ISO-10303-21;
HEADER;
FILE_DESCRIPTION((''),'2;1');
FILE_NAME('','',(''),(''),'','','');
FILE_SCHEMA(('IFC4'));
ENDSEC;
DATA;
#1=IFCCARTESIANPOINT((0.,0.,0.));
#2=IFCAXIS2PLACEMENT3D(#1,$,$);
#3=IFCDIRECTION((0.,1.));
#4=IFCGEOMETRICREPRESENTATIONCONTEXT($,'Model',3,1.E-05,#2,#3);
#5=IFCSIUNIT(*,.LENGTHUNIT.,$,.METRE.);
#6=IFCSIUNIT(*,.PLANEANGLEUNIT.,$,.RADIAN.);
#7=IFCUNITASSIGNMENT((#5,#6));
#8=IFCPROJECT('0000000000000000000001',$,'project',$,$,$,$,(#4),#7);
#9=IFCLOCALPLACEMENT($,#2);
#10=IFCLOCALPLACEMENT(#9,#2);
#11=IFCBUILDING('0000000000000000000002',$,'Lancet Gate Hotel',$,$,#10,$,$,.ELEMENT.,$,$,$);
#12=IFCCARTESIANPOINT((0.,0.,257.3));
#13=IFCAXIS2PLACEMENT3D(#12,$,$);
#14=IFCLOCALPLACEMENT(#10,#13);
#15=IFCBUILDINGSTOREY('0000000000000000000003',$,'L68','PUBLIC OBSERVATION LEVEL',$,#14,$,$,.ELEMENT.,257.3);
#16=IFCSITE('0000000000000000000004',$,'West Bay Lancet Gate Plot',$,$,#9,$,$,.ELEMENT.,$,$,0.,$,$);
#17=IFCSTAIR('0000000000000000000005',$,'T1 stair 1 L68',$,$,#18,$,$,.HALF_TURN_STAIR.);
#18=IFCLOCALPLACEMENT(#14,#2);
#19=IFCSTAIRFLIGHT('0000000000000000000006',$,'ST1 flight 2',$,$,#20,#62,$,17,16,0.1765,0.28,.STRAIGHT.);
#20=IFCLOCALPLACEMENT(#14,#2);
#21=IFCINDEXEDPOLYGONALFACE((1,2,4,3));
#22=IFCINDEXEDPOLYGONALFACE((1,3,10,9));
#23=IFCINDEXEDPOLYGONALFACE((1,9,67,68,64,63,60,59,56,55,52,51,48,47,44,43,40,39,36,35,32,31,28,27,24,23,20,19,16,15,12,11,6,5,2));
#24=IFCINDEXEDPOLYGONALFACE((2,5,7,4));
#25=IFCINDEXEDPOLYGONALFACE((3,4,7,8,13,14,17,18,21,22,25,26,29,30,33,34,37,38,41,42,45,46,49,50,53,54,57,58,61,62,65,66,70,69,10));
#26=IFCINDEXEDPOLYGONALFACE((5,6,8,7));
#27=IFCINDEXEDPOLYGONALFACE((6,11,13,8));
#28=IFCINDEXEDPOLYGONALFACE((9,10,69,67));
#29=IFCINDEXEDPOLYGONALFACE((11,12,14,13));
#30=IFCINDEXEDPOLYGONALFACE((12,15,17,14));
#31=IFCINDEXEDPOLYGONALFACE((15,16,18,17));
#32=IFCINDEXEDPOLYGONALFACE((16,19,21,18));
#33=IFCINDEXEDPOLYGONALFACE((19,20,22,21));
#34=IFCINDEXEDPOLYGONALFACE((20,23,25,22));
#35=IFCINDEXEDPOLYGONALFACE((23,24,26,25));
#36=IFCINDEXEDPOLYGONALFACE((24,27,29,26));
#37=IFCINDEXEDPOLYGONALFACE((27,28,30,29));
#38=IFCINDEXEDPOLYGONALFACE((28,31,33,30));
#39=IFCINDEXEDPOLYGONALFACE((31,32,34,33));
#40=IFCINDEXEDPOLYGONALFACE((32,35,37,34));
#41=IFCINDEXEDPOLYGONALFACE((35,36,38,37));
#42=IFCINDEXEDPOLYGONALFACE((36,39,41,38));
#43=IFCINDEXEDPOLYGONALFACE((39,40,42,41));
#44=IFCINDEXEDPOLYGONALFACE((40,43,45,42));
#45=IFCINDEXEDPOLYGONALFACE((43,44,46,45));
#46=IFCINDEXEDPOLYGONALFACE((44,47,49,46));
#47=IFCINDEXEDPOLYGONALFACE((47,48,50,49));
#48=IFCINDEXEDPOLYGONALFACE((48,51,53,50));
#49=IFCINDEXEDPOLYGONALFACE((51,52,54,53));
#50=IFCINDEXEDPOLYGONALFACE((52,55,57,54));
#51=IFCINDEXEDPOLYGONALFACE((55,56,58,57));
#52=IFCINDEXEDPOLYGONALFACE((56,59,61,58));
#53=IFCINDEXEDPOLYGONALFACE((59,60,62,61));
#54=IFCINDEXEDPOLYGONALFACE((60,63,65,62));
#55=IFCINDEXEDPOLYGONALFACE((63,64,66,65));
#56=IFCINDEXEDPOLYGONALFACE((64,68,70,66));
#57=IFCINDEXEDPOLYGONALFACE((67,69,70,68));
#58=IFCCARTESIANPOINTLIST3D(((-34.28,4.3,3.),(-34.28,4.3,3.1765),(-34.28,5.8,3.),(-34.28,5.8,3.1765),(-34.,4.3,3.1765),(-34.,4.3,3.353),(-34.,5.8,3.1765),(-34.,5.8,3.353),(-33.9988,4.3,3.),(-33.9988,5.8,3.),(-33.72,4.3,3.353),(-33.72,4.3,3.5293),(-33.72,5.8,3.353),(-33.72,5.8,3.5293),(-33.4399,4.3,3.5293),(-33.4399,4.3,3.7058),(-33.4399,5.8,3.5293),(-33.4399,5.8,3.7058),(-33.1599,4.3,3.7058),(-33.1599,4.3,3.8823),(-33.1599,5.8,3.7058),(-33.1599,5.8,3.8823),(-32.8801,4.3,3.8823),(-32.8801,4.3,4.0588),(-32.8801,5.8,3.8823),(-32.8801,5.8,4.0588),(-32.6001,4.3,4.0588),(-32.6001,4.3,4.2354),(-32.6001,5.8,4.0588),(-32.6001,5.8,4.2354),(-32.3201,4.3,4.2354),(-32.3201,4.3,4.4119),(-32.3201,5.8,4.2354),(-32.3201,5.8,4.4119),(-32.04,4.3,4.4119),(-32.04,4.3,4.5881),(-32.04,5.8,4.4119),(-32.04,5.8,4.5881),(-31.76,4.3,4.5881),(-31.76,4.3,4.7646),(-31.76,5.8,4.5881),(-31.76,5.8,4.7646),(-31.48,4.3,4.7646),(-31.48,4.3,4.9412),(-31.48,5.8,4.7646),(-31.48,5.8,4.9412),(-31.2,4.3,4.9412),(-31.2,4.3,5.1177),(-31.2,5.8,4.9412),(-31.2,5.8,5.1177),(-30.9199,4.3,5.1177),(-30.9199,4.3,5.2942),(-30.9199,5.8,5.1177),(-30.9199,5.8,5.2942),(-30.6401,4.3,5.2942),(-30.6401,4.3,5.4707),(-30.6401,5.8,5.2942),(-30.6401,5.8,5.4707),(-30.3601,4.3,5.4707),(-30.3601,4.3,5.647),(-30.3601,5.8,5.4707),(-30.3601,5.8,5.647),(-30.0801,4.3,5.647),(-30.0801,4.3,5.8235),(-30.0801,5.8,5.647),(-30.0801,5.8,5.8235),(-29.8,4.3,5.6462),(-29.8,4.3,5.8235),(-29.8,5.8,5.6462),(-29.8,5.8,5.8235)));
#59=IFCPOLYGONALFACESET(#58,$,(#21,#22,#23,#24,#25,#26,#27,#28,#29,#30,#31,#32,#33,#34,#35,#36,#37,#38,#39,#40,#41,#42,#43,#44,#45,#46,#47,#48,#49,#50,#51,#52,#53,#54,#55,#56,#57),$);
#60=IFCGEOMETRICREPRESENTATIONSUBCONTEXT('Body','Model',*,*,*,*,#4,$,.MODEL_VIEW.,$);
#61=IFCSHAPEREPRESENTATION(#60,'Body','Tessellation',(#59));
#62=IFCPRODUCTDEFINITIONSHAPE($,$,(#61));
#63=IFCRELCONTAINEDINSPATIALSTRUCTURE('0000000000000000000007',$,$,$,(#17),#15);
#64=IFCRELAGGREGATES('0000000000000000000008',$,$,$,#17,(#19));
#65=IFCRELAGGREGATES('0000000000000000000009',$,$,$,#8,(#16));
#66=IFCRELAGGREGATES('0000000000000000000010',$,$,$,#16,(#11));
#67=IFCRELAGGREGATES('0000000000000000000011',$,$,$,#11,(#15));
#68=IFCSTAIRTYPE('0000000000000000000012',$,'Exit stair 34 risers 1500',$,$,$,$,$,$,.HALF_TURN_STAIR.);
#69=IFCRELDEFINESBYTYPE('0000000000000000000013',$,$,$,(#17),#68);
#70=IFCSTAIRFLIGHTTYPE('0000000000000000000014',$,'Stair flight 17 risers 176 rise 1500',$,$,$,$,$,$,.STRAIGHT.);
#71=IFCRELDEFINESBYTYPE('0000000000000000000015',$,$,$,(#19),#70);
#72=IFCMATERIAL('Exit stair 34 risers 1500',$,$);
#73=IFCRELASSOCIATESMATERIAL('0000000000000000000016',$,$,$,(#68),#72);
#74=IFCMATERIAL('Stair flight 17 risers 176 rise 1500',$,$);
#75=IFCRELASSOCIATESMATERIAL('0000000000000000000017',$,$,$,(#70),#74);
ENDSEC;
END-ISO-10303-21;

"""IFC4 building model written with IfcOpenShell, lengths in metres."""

from ifc_helpers import new_model, si_unit, direction, frame, origin, place, context, subcontext, project, spatial, polyline, outline, extrude, material, type_object, element, aggregate, save


model = new_model("IFC4")

# Units and contexts
model_context = context("Model", 3, precision=1e-05, world=origin(), true_north=direction((0.0, 1.0)))
body_context = subcontext(model_context, "Body", "Model", "MODEL_VIEW")
ifc_project = project(units=[si_unit("LENGTHUNIT", "METRE"), si_unit("PLANEANGLEUNIT", "RADIAN")], contexts=[model_context])

# Site, building, storey
site_placement = place(None, origin())
site = spatial("IfcSite", under=ifc_project, at=site_placement, Name="West Bay Lancet Gate Plot", CompositionType="ELEMENT", RefElevation=0.0)
building_placement = place(site_placement, origin())
building = spatial("IfcBuilding", under=site, at=building_placement, Name="Lancet Gate Hotel", CompositionType="ELEMENT")
storey_placement = place(building_placement, frame((0.0, 0.0, 257.3)))
storey = spatial("IfcBuildingStorey", under=building, at=storey_placement, Name="L68", Description="PUBLIC OBSERVATION LEVEL", CompositionType="ELEMENT", Elevation=257.3)

# Stair, stair flight
ifc_material_1 = material(Name="Exit stair 34 risers 1500")
stair_type = type_object("IfcStairType", Name="Exit stair 34 risers 1500", PredefinedType="HALF_TURN_STAIR", material=ifc_material_1)
stair_placement = place(storey_placement, origin())
stair = element("IfcStair", 1, at=stair_placement, inside=storey, type_object=stair_type, Name="T1 stair 1 L68", PredefinedType="HALF_TURN_STAIR")
ifc_material_2 = material(Name="Stair flight 17 risers 176 rise 1500")
stair_flight_type = type_object("IfcStairFlightType", Name="Stair flight 17 risers 176 rise 1500", PredefinedType="STRAIGHT", material=ifc_material_2)
stair_flight_1_placement = place(storey_placement, frame((-34.28, 5.05, 3.0), z_axis=(0.0, 0.0, 1.0), x_axis=(1.0, 0.0, 0.0)))
stair_flight_1 = element("IfcStairFlight", 2, at=stair_flight_1_placement, type_object=stair_flight_type, Name="ST1 flight 2", NumberOfRisers=17, NumberOfTreads=16, PredefinedType="STRAIGHT", RiserHeight=0.1765, TreadLength=0.28, context=body_context, shape_type="SweptSolid", body=[
    extrude(outline(polyline([(0.0, 0.0), (0.0, 0.1765), (0.28, 0.1765), (0.28, 0.353), (0.5601, 0.353), (0.5601, 0.5293), (0.8401, 0.5293), (0.8401, 0.7058), (1.1201, 0.7058), (1.1201, 0.8823), (1.3999, 0.8823), (1.3999, 1.0588), (1.6799, 1.0588), (1.6799, 1.2354), (1.96, 1.2354), (1.96, 1.4119), (2.24, 1.4119), (2.24, 1.5881), (2.52, 1.5881), (2.52, 1.7646), (2.8, 1.7646), (2.8, 1.9412), (3.0801, 1.9412), (3.0801, 2.1177), (3.3601, 2.1177), (3.3601, 2.2942), (3.6399, 2.2942), (3.6399, 2.4707), (3.9199, 2.4707), (3.9199, 2.647), (4.2, 2.647), (4.2, 2.8235), (4.48, 2.8235), (4.48, 3.0), (4.48, 2.6462), (0.2812, 0.0), (0.0, 0.0)])), frame((0.0, 0.75, 0.0), z_axis=(0.0, -1.0, 0.0), x_axis=(1.0, 0.0, 0.0)), (0.0, 0.0, 1.0), 1.5),
])
aggregate(stair, [stair_flight_1])

save(model, "model.ifc")
